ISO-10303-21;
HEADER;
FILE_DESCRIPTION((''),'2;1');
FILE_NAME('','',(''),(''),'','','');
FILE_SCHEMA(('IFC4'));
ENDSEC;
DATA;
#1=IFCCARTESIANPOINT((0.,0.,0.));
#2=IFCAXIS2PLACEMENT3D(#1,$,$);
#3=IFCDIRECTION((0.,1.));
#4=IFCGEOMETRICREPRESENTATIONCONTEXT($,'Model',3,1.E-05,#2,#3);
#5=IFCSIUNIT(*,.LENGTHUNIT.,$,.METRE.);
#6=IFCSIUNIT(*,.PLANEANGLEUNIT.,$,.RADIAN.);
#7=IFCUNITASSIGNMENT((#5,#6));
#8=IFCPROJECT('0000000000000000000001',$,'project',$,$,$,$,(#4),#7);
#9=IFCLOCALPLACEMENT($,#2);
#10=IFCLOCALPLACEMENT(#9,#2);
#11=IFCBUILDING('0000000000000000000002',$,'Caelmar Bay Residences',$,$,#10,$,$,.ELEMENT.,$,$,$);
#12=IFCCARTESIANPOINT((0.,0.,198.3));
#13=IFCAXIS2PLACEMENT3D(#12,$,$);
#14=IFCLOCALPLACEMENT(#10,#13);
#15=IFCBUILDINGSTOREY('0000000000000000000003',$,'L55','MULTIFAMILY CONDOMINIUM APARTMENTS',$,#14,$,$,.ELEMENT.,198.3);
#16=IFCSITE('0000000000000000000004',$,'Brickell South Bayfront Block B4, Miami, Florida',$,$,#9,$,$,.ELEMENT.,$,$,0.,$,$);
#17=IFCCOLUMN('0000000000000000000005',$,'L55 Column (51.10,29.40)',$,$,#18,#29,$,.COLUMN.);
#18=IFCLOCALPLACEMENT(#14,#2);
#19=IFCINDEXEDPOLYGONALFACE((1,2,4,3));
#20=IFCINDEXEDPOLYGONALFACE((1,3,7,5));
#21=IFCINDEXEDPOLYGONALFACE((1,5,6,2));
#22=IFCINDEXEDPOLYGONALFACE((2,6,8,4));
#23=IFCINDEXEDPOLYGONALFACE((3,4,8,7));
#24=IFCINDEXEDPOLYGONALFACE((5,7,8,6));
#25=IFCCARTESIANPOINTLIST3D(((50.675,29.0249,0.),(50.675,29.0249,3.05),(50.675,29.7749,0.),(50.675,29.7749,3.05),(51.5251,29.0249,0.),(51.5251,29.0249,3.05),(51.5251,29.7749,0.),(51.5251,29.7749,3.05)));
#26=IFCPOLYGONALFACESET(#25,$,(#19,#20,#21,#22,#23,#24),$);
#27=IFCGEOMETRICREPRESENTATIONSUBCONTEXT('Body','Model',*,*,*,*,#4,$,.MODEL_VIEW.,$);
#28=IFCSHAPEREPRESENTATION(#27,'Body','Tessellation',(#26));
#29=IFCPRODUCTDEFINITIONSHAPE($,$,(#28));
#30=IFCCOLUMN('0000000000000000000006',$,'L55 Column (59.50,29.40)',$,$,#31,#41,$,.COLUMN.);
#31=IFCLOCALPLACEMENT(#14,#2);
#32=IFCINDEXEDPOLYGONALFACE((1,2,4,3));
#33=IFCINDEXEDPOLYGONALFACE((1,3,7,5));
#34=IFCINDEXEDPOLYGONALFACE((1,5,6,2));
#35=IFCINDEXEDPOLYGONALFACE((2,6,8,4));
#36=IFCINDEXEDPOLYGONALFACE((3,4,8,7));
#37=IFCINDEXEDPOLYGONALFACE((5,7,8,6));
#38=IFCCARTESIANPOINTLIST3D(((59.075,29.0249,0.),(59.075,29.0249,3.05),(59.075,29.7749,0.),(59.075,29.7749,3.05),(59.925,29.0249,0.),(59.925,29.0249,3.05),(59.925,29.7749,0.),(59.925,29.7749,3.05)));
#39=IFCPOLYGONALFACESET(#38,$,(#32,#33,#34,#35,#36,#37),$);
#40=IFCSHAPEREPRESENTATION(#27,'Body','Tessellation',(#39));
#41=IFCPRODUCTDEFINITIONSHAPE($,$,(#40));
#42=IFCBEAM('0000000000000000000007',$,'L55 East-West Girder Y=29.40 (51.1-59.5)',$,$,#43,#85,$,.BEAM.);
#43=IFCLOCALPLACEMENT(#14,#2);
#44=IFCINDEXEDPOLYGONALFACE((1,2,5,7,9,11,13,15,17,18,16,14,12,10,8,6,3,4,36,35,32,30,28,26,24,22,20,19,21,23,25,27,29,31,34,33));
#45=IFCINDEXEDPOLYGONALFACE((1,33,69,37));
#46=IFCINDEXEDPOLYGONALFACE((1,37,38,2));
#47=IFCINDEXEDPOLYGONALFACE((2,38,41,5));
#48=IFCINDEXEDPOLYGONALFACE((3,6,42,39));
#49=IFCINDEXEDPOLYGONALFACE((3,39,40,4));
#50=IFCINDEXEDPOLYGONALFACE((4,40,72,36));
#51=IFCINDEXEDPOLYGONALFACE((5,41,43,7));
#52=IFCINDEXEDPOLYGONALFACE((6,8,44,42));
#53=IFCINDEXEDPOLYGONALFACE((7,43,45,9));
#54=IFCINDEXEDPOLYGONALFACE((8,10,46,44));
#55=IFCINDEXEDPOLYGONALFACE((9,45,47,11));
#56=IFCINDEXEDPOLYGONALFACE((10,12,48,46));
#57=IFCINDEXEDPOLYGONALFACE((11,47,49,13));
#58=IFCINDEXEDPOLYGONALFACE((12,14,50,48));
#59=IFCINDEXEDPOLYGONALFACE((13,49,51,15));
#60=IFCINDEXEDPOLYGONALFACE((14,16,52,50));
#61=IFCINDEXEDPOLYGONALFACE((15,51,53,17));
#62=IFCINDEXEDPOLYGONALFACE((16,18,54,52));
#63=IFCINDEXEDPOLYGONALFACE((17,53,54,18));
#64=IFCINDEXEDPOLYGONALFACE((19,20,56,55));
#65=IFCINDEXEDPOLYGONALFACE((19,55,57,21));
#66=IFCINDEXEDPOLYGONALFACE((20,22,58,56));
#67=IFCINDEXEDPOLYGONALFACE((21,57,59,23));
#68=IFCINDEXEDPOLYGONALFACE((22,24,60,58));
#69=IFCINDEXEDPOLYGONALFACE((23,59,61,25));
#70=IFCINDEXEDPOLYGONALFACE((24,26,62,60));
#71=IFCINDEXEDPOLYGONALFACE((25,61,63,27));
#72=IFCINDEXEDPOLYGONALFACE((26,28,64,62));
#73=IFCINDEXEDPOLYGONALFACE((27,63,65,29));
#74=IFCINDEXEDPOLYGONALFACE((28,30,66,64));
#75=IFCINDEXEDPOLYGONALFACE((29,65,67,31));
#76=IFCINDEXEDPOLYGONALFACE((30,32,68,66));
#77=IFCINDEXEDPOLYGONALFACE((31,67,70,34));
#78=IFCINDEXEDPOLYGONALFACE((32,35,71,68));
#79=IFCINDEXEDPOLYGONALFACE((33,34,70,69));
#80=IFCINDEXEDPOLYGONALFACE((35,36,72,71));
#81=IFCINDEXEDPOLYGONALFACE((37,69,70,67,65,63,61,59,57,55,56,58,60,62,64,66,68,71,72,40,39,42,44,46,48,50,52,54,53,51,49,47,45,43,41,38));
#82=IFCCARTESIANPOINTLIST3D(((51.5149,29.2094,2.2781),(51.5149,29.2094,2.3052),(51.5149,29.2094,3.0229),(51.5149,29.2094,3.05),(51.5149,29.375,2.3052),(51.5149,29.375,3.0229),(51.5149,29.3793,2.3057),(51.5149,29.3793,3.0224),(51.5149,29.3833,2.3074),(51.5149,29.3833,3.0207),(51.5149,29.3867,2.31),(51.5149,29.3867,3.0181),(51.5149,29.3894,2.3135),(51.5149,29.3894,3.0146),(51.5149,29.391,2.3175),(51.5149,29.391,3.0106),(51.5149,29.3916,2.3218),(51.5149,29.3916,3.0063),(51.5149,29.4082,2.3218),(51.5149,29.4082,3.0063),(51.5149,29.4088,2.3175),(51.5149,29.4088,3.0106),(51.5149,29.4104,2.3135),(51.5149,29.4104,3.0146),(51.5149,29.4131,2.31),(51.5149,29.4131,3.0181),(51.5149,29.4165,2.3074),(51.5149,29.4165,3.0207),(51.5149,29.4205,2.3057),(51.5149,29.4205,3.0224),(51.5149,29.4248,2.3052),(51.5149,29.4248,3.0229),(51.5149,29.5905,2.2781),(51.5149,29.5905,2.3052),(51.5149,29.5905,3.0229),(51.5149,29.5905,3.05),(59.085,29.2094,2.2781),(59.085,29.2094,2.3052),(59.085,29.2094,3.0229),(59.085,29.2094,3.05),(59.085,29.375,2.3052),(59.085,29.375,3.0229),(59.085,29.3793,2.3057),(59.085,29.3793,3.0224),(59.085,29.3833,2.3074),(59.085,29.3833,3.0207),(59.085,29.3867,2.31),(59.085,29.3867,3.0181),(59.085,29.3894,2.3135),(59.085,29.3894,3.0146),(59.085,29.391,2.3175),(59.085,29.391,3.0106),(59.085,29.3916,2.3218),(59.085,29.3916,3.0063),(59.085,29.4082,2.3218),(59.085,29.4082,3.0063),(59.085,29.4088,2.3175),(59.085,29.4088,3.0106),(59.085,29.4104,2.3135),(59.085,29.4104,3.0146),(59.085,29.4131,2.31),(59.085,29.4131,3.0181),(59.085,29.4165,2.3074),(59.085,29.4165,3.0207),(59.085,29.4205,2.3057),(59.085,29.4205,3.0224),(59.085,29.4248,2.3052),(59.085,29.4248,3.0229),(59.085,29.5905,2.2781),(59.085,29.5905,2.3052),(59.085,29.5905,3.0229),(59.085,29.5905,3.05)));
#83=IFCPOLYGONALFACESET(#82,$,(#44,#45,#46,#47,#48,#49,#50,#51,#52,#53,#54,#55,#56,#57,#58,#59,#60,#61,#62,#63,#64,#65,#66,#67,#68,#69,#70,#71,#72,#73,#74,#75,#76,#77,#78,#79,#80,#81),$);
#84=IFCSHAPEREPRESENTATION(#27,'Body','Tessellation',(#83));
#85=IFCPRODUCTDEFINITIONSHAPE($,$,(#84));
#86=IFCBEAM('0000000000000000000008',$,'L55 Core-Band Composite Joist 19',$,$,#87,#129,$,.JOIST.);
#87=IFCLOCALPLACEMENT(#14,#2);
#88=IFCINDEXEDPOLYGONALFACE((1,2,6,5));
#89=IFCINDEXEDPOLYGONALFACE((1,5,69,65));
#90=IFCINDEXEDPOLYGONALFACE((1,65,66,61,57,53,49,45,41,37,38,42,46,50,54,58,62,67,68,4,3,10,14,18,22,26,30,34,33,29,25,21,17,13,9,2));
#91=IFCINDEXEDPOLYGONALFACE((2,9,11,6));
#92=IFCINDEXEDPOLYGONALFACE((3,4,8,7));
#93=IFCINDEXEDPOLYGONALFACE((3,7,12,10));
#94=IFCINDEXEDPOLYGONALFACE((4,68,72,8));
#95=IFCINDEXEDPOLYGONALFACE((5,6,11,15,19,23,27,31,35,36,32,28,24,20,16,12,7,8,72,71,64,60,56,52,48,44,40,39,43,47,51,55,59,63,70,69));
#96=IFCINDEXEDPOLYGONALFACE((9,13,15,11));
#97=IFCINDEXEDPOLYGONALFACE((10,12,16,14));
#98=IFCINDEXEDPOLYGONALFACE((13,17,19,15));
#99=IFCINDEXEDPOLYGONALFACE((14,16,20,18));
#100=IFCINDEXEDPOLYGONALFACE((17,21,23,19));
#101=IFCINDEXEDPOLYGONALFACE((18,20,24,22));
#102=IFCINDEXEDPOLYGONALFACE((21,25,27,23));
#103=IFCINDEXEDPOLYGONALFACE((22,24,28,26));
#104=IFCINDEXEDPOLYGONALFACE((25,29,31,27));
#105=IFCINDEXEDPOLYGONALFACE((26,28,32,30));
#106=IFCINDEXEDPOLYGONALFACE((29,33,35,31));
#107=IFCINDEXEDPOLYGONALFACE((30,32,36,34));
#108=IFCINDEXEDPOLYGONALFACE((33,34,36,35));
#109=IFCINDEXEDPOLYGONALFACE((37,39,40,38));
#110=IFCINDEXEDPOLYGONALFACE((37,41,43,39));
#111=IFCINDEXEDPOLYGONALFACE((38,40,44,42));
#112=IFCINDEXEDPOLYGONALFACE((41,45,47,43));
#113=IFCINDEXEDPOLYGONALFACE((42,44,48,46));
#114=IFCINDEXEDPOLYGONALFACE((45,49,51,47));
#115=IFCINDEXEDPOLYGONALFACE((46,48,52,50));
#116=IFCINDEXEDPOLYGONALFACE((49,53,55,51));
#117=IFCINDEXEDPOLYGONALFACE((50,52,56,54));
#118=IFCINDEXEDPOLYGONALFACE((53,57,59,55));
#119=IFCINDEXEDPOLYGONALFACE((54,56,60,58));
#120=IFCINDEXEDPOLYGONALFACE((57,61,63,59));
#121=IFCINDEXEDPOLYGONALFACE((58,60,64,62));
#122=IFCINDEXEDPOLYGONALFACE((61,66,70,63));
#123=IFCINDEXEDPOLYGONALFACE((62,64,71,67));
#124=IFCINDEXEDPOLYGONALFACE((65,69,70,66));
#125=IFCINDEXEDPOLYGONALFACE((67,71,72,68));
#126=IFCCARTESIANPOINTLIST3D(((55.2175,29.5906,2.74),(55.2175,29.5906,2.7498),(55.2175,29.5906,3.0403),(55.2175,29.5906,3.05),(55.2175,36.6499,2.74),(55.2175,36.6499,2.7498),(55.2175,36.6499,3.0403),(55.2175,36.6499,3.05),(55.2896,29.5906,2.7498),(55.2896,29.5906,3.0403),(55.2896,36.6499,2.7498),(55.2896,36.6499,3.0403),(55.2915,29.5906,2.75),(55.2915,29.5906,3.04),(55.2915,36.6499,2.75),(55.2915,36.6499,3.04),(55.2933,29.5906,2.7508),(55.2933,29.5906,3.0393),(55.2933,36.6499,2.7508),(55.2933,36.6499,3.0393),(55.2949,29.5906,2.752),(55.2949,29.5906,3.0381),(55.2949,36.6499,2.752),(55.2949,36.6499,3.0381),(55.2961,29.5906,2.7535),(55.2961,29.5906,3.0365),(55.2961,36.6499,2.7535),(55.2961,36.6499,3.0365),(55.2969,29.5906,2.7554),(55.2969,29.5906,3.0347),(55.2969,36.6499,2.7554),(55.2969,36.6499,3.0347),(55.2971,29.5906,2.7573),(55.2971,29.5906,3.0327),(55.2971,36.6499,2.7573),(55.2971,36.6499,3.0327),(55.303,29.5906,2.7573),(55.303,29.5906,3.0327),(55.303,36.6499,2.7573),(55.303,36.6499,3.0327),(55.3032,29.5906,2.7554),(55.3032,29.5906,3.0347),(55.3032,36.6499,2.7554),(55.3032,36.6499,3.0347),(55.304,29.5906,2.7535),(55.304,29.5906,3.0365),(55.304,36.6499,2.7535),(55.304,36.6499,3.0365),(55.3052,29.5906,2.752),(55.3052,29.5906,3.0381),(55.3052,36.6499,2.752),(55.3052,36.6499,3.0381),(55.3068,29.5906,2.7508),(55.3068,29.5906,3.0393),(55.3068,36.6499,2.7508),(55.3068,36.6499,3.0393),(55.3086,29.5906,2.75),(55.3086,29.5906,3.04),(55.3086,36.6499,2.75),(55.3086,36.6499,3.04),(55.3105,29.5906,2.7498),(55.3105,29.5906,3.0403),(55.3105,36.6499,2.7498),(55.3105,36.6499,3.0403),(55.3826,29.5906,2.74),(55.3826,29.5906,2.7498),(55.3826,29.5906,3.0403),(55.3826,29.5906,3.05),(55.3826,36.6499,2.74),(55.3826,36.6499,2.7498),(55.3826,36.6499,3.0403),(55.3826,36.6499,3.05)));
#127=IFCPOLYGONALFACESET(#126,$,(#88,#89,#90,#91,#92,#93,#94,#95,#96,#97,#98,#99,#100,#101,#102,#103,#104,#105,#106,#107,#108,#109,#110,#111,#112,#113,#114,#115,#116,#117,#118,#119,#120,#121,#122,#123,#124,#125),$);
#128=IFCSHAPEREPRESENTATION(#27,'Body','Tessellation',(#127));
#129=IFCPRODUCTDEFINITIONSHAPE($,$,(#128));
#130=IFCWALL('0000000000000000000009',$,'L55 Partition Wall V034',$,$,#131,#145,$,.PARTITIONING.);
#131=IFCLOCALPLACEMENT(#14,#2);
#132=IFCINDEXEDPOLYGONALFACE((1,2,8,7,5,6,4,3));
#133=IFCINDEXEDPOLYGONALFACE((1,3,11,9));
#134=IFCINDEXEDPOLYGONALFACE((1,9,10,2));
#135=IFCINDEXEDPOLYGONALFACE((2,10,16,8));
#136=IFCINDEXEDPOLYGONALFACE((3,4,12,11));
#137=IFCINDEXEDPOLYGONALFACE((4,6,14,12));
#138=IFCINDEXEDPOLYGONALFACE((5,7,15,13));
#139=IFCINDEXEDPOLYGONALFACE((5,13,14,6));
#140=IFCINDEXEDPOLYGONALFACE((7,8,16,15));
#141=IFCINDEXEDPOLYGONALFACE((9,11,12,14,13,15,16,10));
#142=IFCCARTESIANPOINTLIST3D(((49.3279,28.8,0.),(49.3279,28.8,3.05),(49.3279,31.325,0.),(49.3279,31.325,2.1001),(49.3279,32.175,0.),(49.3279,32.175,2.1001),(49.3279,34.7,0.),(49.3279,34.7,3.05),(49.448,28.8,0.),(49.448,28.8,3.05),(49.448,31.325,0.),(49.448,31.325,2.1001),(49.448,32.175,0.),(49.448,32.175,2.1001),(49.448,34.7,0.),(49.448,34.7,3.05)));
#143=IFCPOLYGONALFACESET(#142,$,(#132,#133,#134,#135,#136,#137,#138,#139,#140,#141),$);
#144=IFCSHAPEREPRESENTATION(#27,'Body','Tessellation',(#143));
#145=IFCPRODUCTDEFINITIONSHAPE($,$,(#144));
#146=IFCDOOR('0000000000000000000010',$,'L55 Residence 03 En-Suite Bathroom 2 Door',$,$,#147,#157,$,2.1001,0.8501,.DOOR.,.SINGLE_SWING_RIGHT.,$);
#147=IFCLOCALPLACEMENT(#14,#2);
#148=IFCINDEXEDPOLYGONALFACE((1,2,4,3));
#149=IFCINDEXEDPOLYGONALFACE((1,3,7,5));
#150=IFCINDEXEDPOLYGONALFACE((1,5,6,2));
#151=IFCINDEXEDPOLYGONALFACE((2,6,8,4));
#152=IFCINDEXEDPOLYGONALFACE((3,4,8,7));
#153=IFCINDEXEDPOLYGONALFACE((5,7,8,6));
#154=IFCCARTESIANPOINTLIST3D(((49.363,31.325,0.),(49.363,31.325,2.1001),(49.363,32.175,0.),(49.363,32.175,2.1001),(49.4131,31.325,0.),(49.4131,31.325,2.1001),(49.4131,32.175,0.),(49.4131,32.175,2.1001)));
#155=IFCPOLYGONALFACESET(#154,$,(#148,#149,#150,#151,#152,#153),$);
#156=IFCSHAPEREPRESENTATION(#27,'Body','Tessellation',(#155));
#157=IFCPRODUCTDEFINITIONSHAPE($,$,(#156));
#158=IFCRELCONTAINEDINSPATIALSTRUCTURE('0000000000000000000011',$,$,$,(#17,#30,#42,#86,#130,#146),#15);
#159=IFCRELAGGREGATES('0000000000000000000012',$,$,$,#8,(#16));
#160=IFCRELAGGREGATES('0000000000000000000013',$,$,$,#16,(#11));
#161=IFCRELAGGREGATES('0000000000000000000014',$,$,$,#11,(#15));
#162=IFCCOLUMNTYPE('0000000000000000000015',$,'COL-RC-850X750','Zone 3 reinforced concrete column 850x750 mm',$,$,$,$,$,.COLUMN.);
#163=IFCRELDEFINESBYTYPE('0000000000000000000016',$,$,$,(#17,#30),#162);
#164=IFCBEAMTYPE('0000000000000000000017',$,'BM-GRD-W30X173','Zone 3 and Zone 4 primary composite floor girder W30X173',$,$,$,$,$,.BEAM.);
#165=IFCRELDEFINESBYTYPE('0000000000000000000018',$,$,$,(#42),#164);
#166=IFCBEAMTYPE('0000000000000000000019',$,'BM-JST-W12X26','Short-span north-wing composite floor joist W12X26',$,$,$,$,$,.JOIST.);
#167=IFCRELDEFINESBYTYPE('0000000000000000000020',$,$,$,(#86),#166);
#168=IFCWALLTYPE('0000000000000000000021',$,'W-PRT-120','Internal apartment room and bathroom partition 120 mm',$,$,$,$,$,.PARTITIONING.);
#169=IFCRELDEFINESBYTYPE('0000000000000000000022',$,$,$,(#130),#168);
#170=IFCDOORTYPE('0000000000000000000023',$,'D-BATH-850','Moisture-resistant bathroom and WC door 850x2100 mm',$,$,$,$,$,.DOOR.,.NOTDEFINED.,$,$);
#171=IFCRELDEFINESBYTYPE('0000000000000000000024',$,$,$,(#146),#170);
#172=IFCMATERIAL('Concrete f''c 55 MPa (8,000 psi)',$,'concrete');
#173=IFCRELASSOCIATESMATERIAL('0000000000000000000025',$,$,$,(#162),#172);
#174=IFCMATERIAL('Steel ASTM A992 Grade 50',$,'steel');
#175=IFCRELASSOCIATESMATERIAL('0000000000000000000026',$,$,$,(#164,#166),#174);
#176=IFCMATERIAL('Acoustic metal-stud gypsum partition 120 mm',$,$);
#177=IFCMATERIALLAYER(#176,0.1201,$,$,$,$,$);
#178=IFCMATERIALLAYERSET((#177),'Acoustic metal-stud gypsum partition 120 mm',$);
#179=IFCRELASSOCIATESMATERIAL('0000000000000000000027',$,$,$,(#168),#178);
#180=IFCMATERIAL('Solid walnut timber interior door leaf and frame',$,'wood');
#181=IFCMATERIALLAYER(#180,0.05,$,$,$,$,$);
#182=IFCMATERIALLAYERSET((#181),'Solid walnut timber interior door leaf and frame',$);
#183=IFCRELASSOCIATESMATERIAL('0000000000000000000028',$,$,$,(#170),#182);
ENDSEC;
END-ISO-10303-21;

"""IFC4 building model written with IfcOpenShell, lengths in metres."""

from ifc_helpers import new_model, si_unit, direction, frame, frame_2d, origin, origin_2d, place, context, subcontext, project, spatial, rectangle, i_section, extrude, material, layer, layer_set, material_profile, profile_set, type_object, element, fill, save


model = new_model("IFC4")

# Units and contexts
model_context = context("Model", 3, precision=1e-05, world=origin(), true_north=direction((0.0, 1.0)))
body_context = subcontext(model_context, "Body", "Model", "MODEL_VIEW")
ifc_project = project(units=[si_unit("LENGTHUNIT", "METRE"), si_unit("PLANEANGLEUNIT", "RADIAN")], contexts=[model_context])

# Site, building, storey
site_placement = place(None, origin())
site = spatial("IfcSite", under=ifc_project, at=site_placement, Name="Brickell South Bayfront Block B4, Miami, Florida", CompositionType="ELEMENT", RefElevation=0.0)
building_placement = place(site_placement, origin())
building = spatial("IfcBuilding", under=site, at=building_placement, Name="Caelmar Bay Residences", CompositionType="ELEMENT")
storey_placement = place(building_placement, frame((0.0, 0.0, 198.3)))
storey = spatial("IfcBuildingStorey", under=building, at=storey_placement, Name="L55", Description="MULTIFAMILY CONDOMINIUM APARTMENTS", CompositionType="ELEMENT", Elevation=198.3)

# Columns
ifc_material_1 = material(Name="Concrete f'c 55 MPa (8,000 psi)", Category="concrete")
ifc_material_profile_1 = material_profile(ifc_material_1, rectangle(XDim=0.8501, YDim=0.75, at=origin_2d()), Name="RC-COL-850X750")
ifc_profile_set_1 = profile_set([ifc_material_profile_1], Name="Concrete f'c 55 MPa (8,000 psi)")
column_type = type_object("IfcColumnType", Name="COL-RC-850X750", Description="Zone 3 reinforced concrete column 850x750 mm", PredefinedType="COLUMN", material=ifc_profile_set_1)
for number, where, z_axis, x_axis, name in (
    (1, (51.1001, 29.3999, 0.0), (0.0, 0.0, 1.0), (1.0, 0.0, 0.0), "L55 Column (51.10,29.40)"),
    (2, (59.5, 29.3999, 0.0), (0.0, 0.0, 1.0), (1.0, 0.0, 0.0), "L55 Column (59.50,29.40)"),
):
    element("IfcColumn", number, at=place(storey_placement, frame(where, z_axis=z_axis, x_axis=x_axis)), inside=storey, type_object=column_type, Name=name, PredefinedType="COLUMN", context=body_context, shape_type="SweptSolid", body=[
        extrude(rectangle(XDim=0.8501, YDim=0.75, at=origin_2d()), origin(), (0.0, 0.0, 1.0), 3.05),
    ])

# Beams
ifc_material_2 = material(Name="Steel ASTM A992 Grade 50", Category="steel")
ifc_material_profile_2 = material_profile(ifc_material_2, i_section(OverallWidth=0.3811, OverallDepth=0.772, WebThickness=0.0166, FlangeThickness=0.0271, FilletRadius=0.0166, at=origin_2d()), Name="W30X173")
ifc_profile_set_2 = profile_set([ifc_material_profile_2], Name="Steel ASTM A992 Grade 50")
beam_type_1 = type_object("IfcBeamType", Name="BM-GRD-W30X173", Description="Zone 3 and Zone 4 primary composite floor girder W30X173", PredefinedType="BEAM", material=ifc_profile_set_2)
beam_1_placement = place(storey_placement, frame((51.5149, 29.3999, 2.6641), z_axis=(1.0, 0.0, 0.0), x_axis=(0.0, 1.0, 0.0)))
element("IfcBeam", 3, at=beam_1_placement, inside=storey, type_object=beam_type_1, Name="L55 East-West Girder Y=29.40 (51.1-59.5)", PredefinedType="BEAM", context=body_context, shape_type="SweptSolid", body=[
    extrude(i_section(OverallWidth=0.3811, OverallDepth=0.772, WebThickness=0.0166, FlangeThickness=0.0271, FilletRadius=0.0166, at=origin_2d()), origin(), (0.0, 0.0, 1.0), 7.5701),
])
ifc_material_profile_3 = material_profile(ifc_material_2, i_section(OverallWidth=0.165, OverallDepth=0.3101, WebThickness=0.0059, FlangeThickness=0.0098, FilletRadius=0.0076, at=origin_2d()), Name="W12X26")
ifc_profile_set_3 = profile_set([ifc_material_profile_3], Name="Steel ASTM A992 Grade 50")
beam_type_2 = type_object("IfcBeamType", Name="BM-JST-W12X26", Description="Short-span north-wing composite floor joist W12X26", PredefinedType="JOIST", material=ifc_profile_set_3)
beam_2_placement = place(storey_placement, frame((55.3, 29.5906, 2.895), z_axis=(0.0, 1.0, 0.0), x_axis=(-1.0, 0.0, 0.0)))
element("IfcBeam", 4, at=beam_2_placement, inside=storey, type_object=beam_type_2, Name="L55 Core-Band Composite Joist 19", PredefinedType="JOIST", context=body_context, shape_type="SweptSolid", body=[
    extrude(i_section(OverallWidth=0.165, OverallDepth=0.3101, WebThickness=0.0059, FlangeThickness=0.0098, FilletRadius=0.0076, at=origin_2d()), origin(), (0.0, 0.0, 1.0), 7.0593),
])

# Wall, opening, door
ifc_material_3 = material(Name="Acoustic metal-stud gypsum partition 120 mm")
ifc_layer_1 = layer(ifc_material_3, 0.1201)
ifc_layer_set_1 = layer_set([ifc_layer_1], Name="Acoustic metal-stud gypsum partition 120 mm")
wall_type_1 = type_object("IfcWallType", Name="W-PRT-120", Description="Internal apartment room and bathroom partition 120 mm", PredefinedType="PARTITIONING", material=ifc_layer_set_1)
wall_1_placement = place(storey_placement, frame((49.3879, 28.8, 0.0), z_axis=(0.0, 0.0, 1.0), x_axis=(0.0, 1.0, 0.0)))
wall_1 = element("IfcWall", 5, at=wall_1_placement, inside=storey, type_object=wall_type_1, Name="L55 Partition Wall V034", PredefinedType="PARTITIONING", context=body_context, shape_type="SweptSolid", body=[
    extrude(rectangle(XDim=5.8999, YDim=0.1201, at=frame_2d((2.95, 0.0))), origin(), (0.0, 0.0, 1.0), 3.05),
])
opening_1_placement = place(wall_1_placement, frame((2.5249, 0.0, 0.0)))
opening_1 = element("IfcOpeningElement", 6, at=opening_1_placement, cuts=wall_1, PredefinedType="OPENING", context=body_context, shape_type="SweptSolid", body=[
    extrude(rectangle(XDim=0.8501, YDim=2.1001, at=frame_2d((0.425, 1.05))), frame((0.0, 0.0701, 0.0), z_axis=(0.0, -1.0, 0.0), x_axis=(1.0, 0.0, 0.0)), (0.0, 0.0, 1.0), 0.1401),
])
ifc_material_4 = material(Name="Solid walnut timber interior door leaf and frame", Category="wood")
ifc_layer_2 = layer(ifc_material_4, 0.05)
ifc_layer_set_2 = layer_set([ifc_layer_2], Name="Solid walnut timber interior door leaf and frame")
door_type_1 = type_object("IfcDoorType", Name="D-BATH-850", Description="Moisture-resistant bathroom and WC door 850x2100 mm", OperationType="NOTDEFINED", PredefinedType="DOOR", material=ifc_layer_set_2)
door_1_placement = place(opening_1_placement, origin())
door_1 = element("IfcDoor", 7, at=door_1_placement, inside=storey, type_object=door_type_1, Name="L55 Residence 03 En-Suite Bathroom 2 Door", OperationType="SINGLE_SWING_RIGHT", OverallHeight=2.1001, OverallWidth=0.8501, PredefinedType="DOOR", context=body_context, shape_type="SweptSolid", body=[
    extrude(rectangle(XDim=0.8501, YDim=2.1001, at=frame_2d((0.425, 1.05))), frame((0.0, 0.0249, 0.0), z_axis=(0.0, -1.0, 0.0), x_axis=(1.0, 0.0, 0.0)), (0.0, 0.0, 1.0), 0.05),
])
fill(opening_1, door_1)

save(model, "model.ifc")
